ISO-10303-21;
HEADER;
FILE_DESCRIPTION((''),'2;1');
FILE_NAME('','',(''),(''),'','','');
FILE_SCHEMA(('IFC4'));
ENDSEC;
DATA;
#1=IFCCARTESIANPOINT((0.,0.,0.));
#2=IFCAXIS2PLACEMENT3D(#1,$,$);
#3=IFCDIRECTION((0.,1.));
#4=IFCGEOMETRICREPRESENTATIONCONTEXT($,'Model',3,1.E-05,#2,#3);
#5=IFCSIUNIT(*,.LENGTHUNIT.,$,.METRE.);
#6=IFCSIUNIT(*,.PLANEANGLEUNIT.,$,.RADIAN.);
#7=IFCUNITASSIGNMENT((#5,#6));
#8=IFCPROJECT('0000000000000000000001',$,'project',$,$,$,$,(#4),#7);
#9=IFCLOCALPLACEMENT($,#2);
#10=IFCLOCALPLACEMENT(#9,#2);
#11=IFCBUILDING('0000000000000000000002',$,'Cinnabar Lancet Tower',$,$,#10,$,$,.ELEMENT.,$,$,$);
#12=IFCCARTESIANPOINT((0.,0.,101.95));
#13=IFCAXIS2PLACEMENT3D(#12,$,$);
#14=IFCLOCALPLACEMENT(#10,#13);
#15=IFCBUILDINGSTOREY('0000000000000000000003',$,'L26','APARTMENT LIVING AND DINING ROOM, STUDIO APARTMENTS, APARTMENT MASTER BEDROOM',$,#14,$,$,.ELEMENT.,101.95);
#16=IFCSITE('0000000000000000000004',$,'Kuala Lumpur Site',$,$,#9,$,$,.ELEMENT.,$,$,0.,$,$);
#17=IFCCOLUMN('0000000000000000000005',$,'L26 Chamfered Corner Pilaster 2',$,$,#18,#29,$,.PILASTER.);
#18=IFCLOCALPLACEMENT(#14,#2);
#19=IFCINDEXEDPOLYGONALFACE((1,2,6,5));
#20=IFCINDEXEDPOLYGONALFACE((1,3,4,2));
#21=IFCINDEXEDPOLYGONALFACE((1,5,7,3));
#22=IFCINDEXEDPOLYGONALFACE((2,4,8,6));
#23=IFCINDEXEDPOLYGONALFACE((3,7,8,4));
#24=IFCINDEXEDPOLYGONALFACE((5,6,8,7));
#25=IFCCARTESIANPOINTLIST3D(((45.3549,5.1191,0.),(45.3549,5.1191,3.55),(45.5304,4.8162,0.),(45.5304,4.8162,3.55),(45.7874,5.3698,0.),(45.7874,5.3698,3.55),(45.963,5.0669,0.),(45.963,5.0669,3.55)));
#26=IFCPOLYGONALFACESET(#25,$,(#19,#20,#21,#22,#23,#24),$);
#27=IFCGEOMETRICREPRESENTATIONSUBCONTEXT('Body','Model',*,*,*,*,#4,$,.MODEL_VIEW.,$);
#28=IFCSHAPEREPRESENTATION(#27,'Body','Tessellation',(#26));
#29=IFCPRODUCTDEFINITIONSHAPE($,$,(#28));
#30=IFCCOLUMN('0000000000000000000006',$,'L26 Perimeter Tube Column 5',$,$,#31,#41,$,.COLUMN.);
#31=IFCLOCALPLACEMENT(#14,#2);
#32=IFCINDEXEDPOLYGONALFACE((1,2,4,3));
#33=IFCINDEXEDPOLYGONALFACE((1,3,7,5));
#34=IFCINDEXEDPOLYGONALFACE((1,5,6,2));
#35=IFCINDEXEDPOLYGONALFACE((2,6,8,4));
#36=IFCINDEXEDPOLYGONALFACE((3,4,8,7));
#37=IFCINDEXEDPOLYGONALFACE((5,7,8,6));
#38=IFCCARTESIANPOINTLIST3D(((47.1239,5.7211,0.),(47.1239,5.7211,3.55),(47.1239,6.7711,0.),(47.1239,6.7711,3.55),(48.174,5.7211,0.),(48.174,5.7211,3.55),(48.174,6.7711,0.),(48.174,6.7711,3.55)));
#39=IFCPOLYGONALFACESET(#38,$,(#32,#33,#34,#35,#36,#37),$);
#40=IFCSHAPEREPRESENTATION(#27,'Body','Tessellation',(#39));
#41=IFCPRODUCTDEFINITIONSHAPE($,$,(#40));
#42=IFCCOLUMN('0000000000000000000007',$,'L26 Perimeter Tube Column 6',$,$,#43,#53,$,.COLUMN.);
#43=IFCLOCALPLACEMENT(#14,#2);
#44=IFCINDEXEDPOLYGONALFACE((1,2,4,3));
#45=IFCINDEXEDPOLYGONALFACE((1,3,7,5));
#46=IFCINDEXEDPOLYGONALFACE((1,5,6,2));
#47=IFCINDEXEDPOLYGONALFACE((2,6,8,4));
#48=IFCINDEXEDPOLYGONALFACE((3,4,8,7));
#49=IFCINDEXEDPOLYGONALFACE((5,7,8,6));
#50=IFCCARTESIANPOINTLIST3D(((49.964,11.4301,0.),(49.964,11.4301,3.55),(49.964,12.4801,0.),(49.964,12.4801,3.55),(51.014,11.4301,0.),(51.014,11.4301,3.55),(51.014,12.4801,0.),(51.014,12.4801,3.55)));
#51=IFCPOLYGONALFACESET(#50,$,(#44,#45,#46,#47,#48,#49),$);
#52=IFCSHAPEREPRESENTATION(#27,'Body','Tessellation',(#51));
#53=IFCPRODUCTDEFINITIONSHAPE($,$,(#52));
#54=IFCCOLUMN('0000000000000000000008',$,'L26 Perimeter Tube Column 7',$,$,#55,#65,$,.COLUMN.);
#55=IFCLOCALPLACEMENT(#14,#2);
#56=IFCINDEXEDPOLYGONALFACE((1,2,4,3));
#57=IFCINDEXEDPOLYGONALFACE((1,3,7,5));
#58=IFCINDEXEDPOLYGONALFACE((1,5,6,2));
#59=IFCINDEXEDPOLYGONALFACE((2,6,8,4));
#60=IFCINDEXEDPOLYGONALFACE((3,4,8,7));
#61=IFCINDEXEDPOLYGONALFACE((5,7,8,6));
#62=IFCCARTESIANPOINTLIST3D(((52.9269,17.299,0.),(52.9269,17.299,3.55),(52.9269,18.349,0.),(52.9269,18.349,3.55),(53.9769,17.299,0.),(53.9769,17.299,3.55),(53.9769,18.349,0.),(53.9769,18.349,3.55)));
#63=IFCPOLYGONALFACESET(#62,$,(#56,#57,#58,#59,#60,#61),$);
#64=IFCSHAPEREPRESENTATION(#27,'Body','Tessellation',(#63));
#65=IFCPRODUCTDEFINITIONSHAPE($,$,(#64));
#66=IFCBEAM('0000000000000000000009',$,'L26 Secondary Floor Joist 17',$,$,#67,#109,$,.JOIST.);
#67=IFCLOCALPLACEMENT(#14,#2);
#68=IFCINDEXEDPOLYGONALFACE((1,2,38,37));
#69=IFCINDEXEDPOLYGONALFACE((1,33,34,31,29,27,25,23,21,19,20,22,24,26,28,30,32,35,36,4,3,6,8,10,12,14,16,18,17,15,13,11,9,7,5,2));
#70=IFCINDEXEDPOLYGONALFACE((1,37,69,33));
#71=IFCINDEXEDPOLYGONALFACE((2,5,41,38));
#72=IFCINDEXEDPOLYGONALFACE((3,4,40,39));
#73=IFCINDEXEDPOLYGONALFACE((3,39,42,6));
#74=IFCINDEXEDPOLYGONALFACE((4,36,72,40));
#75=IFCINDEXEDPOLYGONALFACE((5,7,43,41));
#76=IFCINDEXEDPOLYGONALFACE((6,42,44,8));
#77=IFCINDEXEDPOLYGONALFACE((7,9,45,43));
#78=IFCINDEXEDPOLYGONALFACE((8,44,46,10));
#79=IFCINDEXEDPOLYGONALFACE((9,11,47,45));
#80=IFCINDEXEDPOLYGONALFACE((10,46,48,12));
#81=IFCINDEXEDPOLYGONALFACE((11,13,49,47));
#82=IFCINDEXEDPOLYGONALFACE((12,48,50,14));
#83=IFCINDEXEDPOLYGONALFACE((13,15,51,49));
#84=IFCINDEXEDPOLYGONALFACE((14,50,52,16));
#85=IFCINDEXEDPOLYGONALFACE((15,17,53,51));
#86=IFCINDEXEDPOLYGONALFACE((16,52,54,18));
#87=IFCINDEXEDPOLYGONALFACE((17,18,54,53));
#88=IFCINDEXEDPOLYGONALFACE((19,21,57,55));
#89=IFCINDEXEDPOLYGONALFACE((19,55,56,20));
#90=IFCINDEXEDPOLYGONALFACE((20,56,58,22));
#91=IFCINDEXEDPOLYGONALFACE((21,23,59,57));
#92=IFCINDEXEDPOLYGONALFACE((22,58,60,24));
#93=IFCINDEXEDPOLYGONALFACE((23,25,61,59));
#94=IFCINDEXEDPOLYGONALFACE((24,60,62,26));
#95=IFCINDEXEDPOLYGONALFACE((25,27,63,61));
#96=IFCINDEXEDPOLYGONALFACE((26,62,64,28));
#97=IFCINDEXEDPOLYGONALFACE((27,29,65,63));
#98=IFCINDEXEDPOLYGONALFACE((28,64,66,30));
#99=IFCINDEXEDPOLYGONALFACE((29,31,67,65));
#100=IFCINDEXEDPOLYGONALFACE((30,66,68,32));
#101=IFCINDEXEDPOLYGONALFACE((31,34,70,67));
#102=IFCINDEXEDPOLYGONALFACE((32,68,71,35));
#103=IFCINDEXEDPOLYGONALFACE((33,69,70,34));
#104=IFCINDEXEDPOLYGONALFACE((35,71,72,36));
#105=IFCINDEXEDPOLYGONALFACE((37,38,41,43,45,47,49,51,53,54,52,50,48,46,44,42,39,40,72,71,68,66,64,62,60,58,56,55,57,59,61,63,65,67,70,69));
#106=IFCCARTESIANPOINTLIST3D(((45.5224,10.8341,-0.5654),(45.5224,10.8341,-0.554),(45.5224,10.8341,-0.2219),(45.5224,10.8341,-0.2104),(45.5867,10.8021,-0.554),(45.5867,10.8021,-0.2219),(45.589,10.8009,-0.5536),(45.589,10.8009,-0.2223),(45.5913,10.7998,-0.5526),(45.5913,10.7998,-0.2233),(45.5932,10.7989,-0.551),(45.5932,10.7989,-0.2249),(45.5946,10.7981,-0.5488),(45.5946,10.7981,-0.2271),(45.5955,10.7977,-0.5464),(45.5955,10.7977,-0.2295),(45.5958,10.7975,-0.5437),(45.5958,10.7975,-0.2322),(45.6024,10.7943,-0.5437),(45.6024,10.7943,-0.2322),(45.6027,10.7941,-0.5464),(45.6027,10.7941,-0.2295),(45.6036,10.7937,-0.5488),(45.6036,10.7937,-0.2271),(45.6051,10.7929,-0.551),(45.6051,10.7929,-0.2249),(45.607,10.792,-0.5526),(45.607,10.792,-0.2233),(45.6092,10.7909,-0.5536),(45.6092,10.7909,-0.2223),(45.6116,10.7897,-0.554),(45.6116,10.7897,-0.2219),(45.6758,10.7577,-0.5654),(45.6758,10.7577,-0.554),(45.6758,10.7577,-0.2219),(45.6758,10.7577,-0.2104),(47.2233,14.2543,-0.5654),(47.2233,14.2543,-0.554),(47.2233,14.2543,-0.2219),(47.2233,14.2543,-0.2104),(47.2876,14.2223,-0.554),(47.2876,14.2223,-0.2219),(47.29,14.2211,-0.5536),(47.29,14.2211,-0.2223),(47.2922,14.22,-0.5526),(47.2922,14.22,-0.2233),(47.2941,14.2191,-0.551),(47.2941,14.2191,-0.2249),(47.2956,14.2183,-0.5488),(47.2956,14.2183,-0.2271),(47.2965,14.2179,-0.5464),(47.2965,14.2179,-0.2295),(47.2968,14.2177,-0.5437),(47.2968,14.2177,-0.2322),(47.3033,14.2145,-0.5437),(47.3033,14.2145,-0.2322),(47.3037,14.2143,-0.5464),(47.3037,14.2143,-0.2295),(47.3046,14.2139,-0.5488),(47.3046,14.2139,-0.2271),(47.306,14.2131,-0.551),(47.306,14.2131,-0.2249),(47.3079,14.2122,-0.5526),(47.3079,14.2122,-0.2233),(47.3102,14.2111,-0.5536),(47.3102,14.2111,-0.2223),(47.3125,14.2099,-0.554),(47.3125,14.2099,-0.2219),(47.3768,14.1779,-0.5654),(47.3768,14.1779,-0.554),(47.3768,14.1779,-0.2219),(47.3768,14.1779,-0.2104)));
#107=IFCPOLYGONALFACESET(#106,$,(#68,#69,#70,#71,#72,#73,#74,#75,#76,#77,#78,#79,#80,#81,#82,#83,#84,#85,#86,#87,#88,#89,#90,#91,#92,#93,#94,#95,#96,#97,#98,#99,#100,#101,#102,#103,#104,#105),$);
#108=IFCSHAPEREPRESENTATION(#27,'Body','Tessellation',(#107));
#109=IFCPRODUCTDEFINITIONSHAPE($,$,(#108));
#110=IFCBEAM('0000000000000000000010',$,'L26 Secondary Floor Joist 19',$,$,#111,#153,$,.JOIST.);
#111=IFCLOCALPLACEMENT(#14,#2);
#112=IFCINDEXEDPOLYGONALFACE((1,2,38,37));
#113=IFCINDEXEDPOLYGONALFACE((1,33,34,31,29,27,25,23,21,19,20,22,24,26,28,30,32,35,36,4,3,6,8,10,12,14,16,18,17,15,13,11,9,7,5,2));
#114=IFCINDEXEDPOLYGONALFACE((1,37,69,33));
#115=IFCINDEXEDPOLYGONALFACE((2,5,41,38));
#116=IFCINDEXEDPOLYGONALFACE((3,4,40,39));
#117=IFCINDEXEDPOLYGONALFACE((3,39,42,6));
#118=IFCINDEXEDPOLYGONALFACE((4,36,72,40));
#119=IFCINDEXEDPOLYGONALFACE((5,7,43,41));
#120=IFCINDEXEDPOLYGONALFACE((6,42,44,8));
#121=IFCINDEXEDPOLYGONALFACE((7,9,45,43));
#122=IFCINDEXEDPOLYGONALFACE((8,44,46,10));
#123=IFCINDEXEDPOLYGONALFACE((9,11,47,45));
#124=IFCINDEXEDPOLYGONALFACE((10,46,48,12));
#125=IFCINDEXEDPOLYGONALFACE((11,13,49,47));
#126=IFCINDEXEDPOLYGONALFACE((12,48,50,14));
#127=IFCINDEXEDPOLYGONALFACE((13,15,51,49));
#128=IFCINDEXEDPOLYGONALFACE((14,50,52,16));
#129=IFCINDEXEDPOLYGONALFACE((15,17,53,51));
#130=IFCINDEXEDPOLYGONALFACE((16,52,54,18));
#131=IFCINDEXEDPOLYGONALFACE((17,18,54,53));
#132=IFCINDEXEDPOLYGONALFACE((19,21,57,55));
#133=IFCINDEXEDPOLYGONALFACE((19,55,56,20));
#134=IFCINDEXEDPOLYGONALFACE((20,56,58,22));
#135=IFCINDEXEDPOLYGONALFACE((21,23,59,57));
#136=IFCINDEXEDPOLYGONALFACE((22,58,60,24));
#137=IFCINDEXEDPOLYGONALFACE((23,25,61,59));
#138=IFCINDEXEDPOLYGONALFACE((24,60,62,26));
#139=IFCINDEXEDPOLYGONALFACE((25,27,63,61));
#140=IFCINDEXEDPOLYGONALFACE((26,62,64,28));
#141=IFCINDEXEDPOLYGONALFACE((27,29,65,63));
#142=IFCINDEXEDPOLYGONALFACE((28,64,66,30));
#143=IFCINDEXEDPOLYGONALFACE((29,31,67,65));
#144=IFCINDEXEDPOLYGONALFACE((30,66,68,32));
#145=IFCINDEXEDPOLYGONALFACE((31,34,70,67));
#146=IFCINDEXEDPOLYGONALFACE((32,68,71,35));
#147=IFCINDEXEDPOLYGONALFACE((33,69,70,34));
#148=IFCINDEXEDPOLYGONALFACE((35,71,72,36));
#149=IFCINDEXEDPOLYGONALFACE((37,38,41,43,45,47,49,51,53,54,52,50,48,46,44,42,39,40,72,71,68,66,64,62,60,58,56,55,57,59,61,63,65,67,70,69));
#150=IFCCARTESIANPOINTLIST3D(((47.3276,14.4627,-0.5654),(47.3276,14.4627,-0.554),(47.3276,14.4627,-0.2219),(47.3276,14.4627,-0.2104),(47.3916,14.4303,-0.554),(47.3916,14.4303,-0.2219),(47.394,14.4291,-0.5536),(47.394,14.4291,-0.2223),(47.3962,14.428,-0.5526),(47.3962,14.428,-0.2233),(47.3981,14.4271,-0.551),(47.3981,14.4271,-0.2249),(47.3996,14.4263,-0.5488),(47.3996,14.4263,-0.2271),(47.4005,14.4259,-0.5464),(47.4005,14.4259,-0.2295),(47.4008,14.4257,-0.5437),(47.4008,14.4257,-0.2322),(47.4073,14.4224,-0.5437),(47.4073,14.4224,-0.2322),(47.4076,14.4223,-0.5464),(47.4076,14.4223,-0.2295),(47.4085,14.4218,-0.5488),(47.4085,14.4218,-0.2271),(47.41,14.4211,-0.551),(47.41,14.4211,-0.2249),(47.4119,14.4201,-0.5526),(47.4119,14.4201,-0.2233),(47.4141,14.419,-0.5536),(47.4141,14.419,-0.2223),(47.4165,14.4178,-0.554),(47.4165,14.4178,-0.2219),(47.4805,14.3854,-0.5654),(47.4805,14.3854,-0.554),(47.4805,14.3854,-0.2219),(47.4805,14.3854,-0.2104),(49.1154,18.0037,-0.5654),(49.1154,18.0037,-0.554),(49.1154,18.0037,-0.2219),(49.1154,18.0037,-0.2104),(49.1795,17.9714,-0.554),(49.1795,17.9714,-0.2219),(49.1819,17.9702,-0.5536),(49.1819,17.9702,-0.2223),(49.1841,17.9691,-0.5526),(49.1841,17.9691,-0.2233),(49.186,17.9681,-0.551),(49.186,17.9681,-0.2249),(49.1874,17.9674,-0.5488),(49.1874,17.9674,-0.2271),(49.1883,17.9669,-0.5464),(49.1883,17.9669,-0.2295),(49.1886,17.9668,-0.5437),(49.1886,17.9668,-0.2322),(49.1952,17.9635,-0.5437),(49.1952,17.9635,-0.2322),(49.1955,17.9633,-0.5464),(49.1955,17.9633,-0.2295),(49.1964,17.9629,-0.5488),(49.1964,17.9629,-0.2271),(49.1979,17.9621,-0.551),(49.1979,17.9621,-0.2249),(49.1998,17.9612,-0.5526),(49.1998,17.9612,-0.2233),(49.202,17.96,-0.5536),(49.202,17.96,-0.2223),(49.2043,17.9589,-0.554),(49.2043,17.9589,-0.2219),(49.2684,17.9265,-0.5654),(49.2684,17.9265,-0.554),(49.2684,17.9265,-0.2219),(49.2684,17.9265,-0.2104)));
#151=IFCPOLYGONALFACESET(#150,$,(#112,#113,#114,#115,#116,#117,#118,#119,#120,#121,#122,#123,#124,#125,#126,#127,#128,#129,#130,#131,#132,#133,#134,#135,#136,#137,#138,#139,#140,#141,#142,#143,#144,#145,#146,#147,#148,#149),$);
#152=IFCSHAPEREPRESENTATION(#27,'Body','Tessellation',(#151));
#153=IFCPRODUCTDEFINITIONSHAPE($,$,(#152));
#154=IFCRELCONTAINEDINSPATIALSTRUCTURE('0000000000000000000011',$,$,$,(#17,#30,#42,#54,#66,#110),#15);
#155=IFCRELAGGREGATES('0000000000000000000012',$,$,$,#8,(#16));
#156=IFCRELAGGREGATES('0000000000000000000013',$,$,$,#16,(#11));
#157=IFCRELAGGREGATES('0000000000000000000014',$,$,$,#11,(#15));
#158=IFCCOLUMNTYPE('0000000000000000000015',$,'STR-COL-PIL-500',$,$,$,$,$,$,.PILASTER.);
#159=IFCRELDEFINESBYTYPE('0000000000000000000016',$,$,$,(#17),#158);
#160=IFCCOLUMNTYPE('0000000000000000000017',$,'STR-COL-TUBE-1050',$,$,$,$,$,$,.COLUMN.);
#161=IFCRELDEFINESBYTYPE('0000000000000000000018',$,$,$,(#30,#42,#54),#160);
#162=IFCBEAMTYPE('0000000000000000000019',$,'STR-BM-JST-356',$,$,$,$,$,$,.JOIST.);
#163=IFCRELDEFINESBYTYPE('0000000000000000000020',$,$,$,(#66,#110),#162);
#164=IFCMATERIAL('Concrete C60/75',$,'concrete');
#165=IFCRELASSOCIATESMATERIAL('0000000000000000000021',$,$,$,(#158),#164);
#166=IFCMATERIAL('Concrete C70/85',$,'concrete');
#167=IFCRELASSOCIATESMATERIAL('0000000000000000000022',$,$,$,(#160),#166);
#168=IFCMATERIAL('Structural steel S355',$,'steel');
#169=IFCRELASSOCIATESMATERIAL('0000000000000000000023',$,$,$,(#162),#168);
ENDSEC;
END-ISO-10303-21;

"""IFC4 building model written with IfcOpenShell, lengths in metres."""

from ifc_helpers import new_model, si_unit, direction, frame, origin, origin_2d, place, context, subcontext, project, spatial, rectangle, i_section, extrude, material, material_profile, profile_set, type_object, element, save


model = new_model("IFC4")

# Units and contexts
model_context = context("Model", 3, precision=1e-05, world=origin(), true_north=direction((0.0, 1.0)))
body_context = subcontext(model_context, "Body", "Model", "MODEL_VIEW")
ifc_project = project(units=[si_unit("LENGTHUNIT", "METRE"), si_unit("PLANEANGLEUNIT", "RADIAN")], contexts=[model_context])

# Site, building, storey
site_placement = place(None, origin())
site = spatial("IfcSite", under=ifc_project, at=site_placement, Name="Kuala Lumpur Site", CompositionType="ELEMENT", RefElevation=0.0)
building_placement = place(site_placement, origin())
building = spatial("IfcBuilding", under=site, at=building_placement, Name="Cinnabar Lancet Tower", CompositionType="ELEMENT")
storey_placement = place(building_placement, frame((0.0, 0.0, 101.95)))
storey = spatial("IfcBuildingStorey", under=building, at=storey_placement, Name="L26", Description="APARTMENT LIVING AND DINING ROOM, STUDIO APARTMENTS, APARTMENT MASTER BEDROOM", CompositionType="ELEMENT", Elevation=101.95)

# Columns
ifc_material_1 = material(Name="Concrete C60/75", Category="concrete")
ifc_material_profile_1 = material_profile(ifc_material_1, rectangle(XDim=0.5, YDim=0.3501, at=origin_2d()), Name="RC-PIL 500x350")
ifc_profile_set_1 = profile_set([ifc_material_profile_1], Name="Concrete C60/75")
column_type_1 = type_object("IfcColumnType", Name="STR-COL-PIL-500", PredefinedType="PILASTER", material=ifc_profile_set_1)
column_placement = place(storey_placement, frame((45.6589, 5.093, 0.0), z_axis=(0.0, 0.0, 1.0), x_axis=(0.86516, 0.501496, 0.0)))
element("IfcColumn", 1, at=column_placement, inside=storey, type_object=column_type_1, Name="L26 Chamfered Corner Pilaster 2", PredefinedType="PILASTER", context=body_context, shape_type="SweptSolid", body=[
    extrude(rectangle(XDim=0.5, YDim=0.3501, at=origin_2d()), origin(), (0.0, 0.0, 1.0), 3.55),
])
ifc_material_2 = material(Name="Concrete C70/85", Category="concrete")
ifc_material_profile_2 = material_profile(ifc_material_2, rectangle(XDim=1.05, YDim=1.05, at=origin_2d()), Name="RC-COL 1050x1050")
ifc_profile_set_2 = profile_set([ifc_material_profile_2], Name="Concrete C70/85")
column_type_2 = type_object("IfcColumnType", Name="STR-COL-TUBE-1050", PredefinedType="COLUMN", material=ifc_profile_set_2)
for number, where, z_axis, x_axis, name in (
    (2, (47.6489, 6.2461, 0.0), (0.0, 0.0, 1.0), (1.0, 0.0, 0.0), "L26 Perimeter Tube Column 5"),
    (3, (50.489, 11.9551, 0.0), (0.0, 0.0, 1.0), (1.0, 0.0, 0.0), "L26 Perimeter Tube Column 6"),
    (4, (53.4519, 17.824, 0.0), (0.0, 0.0, 1.0), (1.0, 0.0, 0.0), "L26 Perimeter Tube Column 7"),
):
    element("IfcColumn", number, at=place(storey_placement, frame(where, z_axis=z_axis, x_axis=x_axis)), inside=storey, type_object=column_type_2, Name=name, PredefinedType="COLUMN", context=body_context, shape_type="SweptSolid", body=[
        extrude(rectangle(XDim=1.05, YDim=1.05, at=origin_2d()), origin(), (0.0, 0.0, 1.0), 3.55),
    ])

# Beams
ifc_material_3 = material(Name="Structural steel S355", Category="steel")
ifc_material_profile_3 = material_profile(ifc_material_3, i_section(OverallWidth=0.1714, OverallDepth=0.355, WebThickness=0.0073, FlangeThickness=0.0115, FilletRadius=0.0103, at=origin_2d()), Name="UKB 356x171x51")
ifc_profile_set_3 = profile_set([ifc_material_profile_3], Name="Structural steel S355")
beam_type_1 = type_object("IfcBeamType", Name="STR-BM-JST-356", PredefinedType="JOIST", material=ifc_profile_set_3)
beam_1_placement = place(storey_placement, frame((45.5991, 10.7959, -0.3879), z_axis=(0.445295, 0.895384, 0.0), x_axis=(-0.895384, 0.445295, 0.0)))
element("IfcBeam", 5, at=beam_1_placement, inside=storey, type_object=beam_type_1, Name="L26 Secondary Floor Joist 17", PredefinedType="JOIST", context=body_context, shape_type="SweptSolid", body=[
    extrude(i_section(OverallWidth=0.1714, OverallDepth=0.355, WebThickness=0.0073, FlangeThickness=0.0115, FilletRadius=0.0103, at=origin_2d()), origin(), (0.0, 0.0, 1.0), 3.8198),
])
beam_2_placement = place(storey_placement, frame((47.4041, 14.4241, -0.3879), z_axis=(0.450706, 0.892672, 0.0), x_axis=(-0.892672, 0.450706, 0.0)))
element("IfcBeam", 6, at=beam_2_placement, inside=storey, type_object=beam_type_1, Name="L26 Secondary Floor Joist 19", PredefinedType="JOIST", context=body_context, shape_type="SweptSolid", body=[
    extrude(i_section(OverallWidth=0.1714, OverallDepth=0.355, WebThickness=0.0073, FlangeThickness=0.0115, FilletRadius=0.0103, at=origin_2d()), origin(), (0.0, 0.0, 1.0), 3.9668),
])

save(model, "model.ifc")
